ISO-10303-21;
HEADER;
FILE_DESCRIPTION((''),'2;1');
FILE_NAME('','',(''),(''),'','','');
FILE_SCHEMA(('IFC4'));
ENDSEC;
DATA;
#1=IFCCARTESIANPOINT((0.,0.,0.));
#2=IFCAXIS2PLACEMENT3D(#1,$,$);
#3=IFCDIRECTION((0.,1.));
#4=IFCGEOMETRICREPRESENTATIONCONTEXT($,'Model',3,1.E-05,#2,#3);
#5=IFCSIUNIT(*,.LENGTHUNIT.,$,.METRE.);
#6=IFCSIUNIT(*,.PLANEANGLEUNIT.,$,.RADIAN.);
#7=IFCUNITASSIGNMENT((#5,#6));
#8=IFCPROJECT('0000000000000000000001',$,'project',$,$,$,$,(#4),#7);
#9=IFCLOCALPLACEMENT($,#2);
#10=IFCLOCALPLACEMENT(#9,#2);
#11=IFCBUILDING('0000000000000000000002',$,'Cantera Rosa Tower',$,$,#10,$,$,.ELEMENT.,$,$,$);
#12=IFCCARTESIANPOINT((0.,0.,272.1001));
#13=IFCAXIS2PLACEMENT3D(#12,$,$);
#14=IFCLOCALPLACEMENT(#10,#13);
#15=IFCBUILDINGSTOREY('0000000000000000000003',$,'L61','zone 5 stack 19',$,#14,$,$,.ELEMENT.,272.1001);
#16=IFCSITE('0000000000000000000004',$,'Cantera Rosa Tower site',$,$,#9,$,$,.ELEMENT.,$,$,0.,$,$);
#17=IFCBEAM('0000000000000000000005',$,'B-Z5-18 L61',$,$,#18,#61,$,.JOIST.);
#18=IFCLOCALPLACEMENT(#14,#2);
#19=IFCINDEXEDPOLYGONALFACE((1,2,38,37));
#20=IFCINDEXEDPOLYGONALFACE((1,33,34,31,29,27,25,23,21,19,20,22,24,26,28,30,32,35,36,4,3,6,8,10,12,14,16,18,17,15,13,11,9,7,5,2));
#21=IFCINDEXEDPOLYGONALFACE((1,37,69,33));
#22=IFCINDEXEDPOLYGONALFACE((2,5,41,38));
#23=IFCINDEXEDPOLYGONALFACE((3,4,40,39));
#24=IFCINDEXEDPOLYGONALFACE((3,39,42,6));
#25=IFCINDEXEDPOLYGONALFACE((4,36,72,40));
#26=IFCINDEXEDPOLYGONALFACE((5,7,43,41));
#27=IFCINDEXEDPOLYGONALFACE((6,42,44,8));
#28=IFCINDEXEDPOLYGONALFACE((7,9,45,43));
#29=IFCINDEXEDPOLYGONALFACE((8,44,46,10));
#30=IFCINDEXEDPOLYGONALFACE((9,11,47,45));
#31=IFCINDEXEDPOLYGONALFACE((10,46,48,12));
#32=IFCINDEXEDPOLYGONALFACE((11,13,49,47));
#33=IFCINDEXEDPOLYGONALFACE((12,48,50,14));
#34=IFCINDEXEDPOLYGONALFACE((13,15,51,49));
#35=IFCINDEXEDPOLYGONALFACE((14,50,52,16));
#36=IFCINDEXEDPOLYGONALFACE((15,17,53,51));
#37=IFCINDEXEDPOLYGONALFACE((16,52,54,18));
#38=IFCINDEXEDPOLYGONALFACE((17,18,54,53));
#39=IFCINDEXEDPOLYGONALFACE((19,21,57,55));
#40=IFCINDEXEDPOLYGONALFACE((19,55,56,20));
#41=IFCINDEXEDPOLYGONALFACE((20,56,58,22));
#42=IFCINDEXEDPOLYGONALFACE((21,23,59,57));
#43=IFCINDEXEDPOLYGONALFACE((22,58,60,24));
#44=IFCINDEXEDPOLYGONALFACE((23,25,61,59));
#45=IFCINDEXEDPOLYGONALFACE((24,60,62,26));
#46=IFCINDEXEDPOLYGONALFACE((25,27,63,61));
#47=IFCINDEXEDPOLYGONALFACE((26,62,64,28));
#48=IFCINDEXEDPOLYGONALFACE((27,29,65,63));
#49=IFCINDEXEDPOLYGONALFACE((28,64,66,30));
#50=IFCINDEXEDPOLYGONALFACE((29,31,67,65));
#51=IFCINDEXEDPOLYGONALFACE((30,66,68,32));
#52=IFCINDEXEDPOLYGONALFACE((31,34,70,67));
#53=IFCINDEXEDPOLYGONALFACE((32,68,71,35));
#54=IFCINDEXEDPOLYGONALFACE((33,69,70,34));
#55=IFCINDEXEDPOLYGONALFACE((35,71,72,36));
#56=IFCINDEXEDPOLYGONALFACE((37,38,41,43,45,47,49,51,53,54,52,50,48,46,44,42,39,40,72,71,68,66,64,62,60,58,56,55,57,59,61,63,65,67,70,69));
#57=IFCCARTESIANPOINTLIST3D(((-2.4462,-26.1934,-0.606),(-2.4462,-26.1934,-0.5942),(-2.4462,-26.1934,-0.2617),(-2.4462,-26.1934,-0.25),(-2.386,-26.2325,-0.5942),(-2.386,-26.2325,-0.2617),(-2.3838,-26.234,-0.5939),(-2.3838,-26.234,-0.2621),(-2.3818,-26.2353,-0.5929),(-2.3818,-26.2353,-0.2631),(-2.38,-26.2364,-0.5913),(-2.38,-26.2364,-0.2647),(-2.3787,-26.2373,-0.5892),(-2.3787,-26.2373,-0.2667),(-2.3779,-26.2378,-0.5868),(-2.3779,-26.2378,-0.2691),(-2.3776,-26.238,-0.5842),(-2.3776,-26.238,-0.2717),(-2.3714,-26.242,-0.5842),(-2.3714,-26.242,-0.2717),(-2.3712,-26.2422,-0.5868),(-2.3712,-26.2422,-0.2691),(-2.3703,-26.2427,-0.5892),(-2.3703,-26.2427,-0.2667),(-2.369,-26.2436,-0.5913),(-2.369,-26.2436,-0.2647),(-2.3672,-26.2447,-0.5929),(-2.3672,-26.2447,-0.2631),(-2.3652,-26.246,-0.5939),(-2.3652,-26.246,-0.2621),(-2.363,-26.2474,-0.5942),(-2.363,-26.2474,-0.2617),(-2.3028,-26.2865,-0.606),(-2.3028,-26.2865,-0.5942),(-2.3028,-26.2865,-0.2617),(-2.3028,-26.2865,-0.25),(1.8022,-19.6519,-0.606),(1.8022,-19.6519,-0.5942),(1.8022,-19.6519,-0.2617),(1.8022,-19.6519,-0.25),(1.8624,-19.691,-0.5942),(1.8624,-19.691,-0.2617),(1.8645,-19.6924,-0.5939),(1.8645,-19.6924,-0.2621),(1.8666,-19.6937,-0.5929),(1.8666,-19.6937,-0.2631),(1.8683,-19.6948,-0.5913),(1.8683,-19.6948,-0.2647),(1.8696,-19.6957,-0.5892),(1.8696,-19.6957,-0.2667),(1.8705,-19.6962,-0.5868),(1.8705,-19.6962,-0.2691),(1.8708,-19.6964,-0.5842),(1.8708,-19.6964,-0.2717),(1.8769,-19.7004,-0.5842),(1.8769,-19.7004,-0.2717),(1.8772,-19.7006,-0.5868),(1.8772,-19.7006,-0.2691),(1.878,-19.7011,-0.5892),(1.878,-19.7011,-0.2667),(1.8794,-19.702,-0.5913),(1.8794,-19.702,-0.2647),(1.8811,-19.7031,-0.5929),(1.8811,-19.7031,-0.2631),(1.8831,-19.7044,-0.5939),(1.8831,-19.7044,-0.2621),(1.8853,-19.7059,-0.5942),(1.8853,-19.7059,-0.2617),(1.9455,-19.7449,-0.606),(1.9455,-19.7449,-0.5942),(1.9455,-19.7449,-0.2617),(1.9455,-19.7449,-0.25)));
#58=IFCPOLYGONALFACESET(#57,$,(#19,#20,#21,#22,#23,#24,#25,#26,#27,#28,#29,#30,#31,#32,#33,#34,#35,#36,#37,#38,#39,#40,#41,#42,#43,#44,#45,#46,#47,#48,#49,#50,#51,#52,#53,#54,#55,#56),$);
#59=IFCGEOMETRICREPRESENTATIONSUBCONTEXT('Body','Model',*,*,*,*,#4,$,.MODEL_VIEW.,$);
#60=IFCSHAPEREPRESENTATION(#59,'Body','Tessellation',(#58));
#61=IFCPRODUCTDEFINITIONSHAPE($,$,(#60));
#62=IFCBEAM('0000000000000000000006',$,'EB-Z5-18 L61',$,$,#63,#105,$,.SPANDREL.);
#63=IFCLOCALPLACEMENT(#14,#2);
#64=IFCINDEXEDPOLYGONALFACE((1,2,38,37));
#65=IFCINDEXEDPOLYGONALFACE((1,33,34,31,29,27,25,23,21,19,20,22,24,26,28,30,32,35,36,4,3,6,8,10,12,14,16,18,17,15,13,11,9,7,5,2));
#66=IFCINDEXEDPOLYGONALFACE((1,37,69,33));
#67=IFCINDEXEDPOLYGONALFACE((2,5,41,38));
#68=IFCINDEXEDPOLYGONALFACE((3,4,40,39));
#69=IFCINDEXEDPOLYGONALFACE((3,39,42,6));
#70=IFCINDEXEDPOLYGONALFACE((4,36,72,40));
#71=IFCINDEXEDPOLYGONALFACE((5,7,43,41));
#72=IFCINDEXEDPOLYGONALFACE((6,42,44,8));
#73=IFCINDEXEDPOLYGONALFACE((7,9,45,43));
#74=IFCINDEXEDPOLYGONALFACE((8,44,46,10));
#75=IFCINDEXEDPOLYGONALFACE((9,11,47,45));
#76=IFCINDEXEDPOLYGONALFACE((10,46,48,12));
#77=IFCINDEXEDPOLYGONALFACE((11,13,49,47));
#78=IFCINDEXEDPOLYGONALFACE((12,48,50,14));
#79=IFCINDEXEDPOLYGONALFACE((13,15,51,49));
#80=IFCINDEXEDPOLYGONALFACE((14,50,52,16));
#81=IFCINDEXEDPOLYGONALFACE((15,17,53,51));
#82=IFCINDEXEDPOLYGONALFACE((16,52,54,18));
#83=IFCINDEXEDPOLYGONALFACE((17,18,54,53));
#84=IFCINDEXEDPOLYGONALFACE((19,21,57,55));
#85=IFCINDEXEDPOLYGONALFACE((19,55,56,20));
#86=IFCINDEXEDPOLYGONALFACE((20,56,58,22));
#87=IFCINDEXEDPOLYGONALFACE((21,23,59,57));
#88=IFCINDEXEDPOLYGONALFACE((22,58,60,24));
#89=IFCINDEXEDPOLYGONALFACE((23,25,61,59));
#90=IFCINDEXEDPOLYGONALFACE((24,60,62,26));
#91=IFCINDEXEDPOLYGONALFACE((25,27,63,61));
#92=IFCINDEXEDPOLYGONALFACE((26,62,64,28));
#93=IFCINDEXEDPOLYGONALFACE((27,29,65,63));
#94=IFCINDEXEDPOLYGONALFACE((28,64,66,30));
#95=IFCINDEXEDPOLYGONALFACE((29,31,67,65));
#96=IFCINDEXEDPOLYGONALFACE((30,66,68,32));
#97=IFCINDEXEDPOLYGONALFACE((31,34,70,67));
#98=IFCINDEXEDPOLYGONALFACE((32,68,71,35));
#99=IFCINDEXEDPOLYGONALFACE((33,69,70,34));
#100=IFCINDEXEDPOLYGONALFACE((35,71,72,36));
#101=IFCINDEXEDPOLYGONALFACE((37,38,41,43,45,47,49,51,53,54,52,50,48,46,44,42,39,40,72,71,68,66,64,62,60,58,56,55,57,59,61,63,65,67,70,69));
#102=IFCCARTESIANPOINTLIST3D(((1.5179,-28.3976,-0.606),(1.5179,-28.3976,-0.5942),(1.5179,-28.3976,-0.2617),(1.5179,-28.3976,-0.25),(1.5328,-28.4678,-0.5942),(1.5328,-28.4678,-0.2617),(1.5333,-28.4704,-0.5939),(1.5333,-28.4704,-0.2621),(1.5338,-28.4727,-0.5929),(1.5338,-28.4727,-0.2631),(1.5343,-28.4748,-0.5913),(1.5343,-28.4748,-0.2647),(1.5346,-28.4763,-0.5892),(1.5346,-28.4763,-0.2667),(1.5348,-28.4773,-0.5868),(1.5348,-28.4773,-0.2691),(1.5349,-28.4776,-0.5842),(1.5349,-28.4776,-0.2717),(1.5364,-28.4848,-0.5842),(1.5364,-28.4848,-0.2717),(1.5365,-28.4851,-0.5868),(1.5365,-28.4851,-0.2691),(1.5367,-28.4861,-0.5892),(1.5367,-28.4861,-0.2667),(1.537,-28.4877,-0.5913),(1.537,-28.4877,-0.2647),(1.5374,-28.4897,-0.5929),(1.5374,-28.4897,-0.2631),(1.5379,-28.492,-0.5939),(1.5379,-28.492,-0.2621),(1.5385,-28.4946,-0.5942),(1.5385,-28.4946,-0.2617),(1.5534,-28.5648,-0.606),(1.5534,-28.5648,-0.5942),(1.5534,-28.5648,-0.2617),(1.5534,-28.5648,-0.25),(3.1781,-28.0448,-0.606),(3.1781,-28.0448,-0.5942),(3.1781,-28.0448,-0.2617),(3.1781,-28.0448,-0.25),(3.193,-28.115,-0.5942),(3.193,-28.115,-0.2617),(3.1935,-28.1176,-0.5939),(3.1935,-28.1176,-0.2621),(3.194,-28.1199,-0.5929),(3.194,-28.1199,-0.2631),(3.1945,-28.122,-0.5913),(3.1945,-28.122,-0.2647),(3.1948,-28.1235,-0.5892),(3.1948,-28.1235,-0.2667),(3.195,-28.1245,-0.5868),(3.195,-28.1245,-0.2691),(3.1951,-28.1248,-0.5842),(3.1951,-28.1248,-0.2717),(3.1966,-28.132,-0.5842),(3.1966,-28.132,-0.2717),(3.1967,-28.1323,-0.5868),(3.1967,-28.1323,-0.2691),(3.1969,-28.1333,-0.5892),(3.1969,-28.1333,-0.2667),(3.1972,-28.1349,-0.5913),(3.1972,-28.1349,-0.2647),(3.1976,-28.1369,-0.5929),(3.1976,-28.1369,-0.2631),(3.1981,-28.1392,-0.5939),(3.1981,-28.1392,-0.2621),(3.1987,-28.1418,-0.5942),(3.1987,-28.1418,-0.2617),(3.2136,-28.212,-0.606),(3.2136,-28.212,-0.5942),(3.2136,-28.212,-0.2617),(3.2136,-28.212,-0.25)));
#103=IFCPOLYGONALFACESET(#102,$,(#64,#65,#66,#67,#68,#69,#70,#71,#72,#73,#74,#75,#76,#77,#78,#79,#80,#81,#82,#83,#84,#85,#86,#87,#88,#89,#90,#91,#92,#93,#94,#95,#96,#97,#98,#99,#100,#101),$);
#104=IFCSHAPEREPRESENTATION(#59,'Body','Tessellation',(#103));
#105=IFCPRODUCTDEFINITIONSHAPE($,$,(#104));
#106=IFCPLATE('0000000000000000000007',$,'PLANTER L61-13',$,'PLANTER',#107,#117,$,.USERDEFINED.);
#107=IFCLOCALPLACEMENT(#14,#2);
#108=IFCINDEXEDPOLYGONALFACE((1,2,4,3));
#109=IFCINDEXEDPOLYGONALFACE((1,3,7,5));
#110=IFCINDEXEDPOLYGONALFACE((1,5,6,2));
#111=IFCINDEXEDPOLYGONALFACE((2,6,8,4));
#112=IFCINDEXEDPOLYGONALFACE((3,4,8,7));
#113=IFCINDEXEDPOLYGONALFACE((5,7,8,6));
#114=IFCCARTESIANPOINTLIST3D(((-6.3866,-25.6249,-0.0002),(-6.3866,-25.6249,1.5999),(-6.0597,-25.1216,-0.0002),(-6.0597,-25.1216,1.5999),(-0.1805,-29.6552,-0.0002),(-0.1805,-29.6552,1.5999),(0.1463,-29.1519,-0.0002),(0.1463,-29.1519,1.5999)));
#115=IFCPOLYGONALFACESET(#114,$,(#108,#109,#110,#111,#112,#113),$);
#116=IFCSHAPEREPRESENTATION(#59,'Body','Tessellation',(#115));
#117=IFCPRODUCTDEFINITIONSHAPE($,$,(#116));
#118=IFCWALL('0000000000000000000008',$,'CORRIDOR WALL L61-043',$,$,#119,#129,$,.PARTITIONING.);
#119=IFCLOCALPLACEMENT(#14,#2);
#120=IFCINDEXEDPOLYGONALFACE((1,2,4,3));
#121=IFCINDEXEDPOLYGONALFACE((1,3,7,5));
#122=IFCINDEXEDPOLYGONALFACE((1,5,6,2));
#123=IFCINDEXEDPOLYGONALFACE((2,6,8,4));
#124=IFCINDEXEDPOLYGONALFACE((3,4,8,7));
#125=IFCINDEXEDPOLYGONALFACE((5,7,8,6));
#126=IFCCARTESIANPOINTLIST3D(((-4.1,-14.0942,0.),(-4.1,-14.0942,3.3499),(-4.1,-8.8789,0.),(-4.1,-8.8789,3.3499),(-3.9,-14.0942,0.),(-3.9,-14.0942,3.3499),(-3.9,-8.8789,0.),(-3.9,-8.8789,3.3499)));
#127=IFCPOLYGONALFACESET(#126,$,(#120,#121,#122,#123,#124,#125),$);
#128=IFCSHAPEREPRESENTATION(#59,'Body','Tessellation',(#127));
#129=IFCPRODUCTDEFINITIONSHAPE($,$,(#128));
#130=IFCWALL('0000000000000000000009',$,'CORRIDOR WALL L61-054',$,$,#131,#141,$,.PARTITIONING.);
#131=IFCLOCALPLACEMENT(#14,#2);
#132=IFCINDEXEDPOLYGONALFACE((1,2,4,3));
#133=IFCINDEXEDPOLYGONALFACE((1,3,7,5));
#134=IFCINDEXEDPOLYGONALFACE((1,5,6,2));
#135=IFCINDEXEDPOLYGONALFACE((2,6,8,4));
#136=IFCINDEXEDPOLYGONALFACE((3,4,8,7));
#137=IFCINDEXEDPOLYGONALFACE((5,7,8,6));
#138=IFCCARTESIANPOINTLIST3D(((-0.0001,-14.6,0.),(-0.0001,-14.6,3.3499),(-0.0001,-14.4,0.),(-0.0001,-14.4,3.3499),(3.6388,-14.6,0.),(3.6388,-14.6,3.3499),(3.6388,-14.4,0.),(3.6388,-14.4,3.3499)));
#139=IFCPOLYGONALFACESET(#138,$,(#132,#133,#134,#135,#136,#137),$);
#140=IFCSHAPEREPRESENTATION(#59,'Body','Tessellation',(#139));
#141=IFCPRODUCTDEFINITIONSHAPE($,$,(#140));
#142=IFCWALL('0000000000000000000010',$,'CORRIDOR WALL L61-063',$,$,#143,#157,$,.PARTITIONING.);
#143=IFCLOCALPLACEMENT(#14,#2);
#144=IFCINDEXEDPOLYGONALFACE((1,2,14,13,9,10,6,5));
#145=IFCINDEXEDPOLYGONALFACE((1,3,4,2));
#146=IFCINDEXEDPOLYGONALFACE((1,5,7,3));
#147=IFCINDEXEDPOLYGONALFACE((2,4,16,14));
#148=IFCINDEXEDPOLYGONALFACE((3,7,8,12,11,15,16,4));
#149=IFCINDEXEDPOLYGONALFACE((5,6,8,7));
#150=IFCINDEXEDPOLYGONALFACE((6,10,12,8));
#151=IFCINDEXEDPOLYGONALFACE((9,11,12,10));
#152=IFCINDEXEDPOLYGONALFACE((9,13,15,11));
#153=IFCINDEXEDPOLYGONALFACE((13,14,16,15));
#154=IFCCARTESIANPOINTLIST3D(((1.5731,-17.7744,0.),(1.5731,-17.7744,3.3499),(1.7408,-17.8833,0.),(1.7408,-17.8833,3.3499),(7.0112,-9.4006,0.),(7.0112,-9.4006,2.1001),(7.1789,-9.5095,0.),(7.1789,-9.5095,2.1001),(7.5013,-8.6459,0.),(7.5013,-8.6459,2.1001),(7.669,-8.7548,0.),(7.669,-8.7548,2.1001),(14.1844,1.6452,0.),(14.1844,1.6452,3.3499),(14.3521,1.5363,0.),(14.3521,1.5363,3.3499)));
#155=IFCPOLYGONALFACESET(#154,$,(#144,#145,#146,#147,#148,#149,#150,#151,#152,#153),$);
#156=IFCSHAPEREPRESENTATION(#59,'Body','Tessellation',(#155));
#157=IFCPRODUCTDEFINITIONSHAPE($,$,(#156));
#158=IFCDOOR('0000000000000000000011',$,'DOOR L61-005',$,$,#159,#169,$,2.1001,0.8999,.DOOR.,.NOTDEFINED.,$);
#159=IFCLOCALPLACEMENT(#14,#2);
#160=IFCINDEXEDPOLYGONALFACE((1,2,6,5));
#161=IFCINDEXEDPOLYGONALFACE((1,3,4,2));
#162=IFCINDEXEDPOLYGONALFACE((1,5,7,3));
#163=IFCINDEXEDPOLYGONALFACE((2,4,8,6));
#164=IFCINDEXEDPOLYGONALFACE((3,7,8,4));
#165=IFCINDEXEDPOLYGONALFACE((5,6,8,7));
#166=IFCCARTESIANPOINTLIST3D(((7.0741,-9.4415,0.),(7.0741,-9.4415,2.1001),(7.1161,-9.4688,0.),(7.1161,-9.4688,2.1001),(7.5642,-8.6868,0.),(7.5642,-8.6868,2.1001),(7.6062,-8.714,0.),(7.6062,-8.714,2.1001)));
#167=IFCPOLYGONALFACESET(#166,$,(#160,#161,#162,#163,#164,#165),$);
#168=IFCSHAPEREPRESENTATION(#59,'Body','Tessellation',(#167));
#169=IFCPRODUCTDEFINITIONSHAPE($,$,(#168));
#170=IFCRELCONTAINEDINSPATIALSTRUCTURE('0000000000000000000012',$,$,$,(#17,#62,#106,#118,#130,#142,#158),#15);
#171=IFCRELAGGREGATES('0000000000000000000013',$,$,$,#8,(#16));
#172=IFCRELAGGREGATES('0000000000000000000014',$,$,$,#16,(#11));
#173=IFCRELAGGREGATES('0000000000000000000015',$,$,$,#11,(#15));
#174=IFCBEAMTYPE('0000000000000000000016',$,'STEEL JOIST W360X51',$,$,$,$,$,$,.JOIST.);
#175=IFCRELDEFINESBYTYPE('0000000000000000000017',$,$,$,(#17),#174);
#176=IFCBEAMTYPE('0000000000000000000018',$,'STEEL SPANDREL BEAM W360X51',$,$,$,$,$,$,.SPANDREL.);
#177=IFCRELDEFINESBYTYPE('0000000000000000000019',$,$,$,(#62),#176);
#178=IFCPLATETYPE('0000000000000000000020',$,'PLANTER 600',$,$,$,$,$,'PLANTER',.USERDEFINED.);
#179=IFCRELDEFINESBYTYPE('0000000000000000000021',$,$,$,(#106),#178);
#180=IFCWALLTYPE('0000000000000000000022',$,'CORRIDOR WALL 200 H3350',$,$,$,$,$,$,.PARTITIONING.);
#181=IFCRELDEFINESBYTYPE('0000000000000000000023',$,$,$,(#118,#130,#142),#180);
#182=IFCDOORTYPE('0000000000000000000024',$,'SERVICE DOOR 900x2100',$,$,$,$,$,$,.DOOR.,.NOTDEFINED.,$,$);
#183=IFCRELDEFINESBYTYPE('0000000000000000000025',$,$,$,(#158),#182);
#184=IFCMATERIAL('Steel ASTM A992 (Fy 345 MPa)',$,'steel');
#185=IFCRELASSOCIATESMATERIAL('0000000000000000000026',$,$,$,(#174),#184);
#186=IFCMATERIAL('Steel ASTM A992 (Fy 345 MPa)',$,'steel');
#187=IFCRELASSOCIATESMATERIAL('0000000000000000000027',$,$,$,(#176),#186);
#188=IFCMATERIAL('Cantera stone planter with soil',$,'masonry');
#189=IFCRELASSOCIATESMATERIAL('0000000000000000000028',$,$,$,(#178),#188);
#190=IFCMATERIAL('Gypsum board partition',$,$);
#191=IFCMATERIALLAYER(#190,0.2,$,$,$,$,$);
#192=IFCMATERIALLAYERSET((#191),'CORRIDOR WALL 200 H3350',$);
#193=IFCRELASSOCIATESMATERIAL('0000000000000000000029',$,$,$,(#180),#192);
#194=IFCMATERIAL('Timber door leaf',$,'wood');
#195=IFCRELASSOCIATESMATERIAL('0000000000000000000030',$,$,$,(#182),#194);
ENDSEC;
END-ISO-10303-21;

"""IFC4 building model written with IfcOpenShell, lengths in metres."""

from ifc_helpers import new_model, si_unit, direction, frame, frame_2d, origin, origin_2d, place, context, subcontext, project, spatial, rectangle, i_section, extrude, material, layer, layer_set, material_profile, profile_set, type_object, element, fill, save


model = new_model("IFC4")

# Units and contexts
model_context = context("Model", 3, precision=1e-05, world=origin(), true_north=direction((0.0, 1.0)))
body_context = subcontext(model_context, "Body", "Model", "MODEL_VIEW")
ifc_project = project(units=[si_unit("LENGTHUNIT", "METRE"), si_unit("PLANEANGLEUNIT", "RADIAN")], contexts=[model_context])

# Site, building, storey
site_placement = place(None, origin())
site = spatial("IfcSite", under=ifc_project, at=site_placement, Name="Cantera Rosa Tower site", CompositionType="ELEMENT", RefElevation=0.0)
building_placement = place(site_placement, origin())
building = spatial("IfcBuilding", under=site, at=building_placement, Name="Cantera Rosa Tower", CompositionType="ELEMENT")
storey_placement = place(building_placement, frame((0.0, 0.0, 272.1001)))
storey = spatial("IfcBuildingStorey", under=building, at=storey_placement, Name="L61", Description="zone 5 stack 19", CompositionType="ELEMENT", Elevation=272.1001)

# Beams
ifc_material_1 = material(Name="Steel ASTM A992 (Fy 345 MPa)", Category="steel")
ifc_material_profile_1 = material_profile(ifc_material_1, i_section(OverallWidth=0.1709, OverallDepth=0.356, WebThickness=0.0073, FlangeThickness=0.0117, FilletRadius=0.01, at=origin_2d()), Name="W360X51")
ifc_profile_set_1 = profile_set([ifc_material_profile_1], Name="Steel ASTM A992 (Fy 345 MPa)")
beam_type_1 = type_object("IfcBeamType", Name="STEEL JOIST W360X51", PredefinedType="JOIST", material=ifc_profile_set_1)
beam_1_placement = place(storey_placement, frame((-2.3745, -26.24, -0.428), z_axis=(0.544656, 0.83866, 0.0), x_axis=(-0.83866, 0.544656, 0.0)))
element("IfcBeam", 1, at=beam_1_placement, inside=storey, type_object=beam_type_1, Name="B-Z5-18 L61", PredefinedType="JOIST", context=body_context, shape_type="SweptSolid", body=[
    extrude(i_section(OverallWidth=0.1709, OverallDepth=0.356, WebThickness=0.0073, FlangeThickness=0.0117, FilletRadius=0.01, at=origin_2d()), origin(), (0.0, 0.0, 1.0), 7.8),
])
ifc_material_2 = material(Name="Steel ASTM A992 (Fy 345 MPa)", Category="steel")
ifc_material_profile_2 = material_profile(ifc_material_2, i_section(OverallWidth=0.1709, OverallDepth=0.356, WebThickness=0.0073, FlangeThickness=0.0117, FilletRadius=0.01, at=origin_2d()), Name="W360X51")
ifc_profile_set_2 = profile_set([ifc_material_profile_2], Name="Steel ASTM A992 (Fy 345 MPa)")
beam_type_2 = type_object("IfcBeamType", Name="STEEL SPANDREL BEAM W360X51", PredefinedType="SPANDREL", material=ifc_profile_set_2)
beam_2_placement = place(storey_placement, frame((1.5356, -28.4812, -0.428), z_axis=(0.978159, 0.207859, 0.0), x_axis=(-0.207859, 0.978159, 0.0)))
element("IfcBeam", 2, at=beam_2_placement, inside=storey, type_object=beam_type_2, Name="EB-Z5-18 L61", PredefinedType="SPANDREL", context=body_context, shape_type="SweptSolid", body=[
    extrude(i_section(OverallWidth=0.1709, OverallDepth=0.356, WebThickness=0.0073, FlangeThickness=0.0117, FilletRadius=0.01, at=origin_2d()), origin(), (0.0, 0.0, 1.0), 1.6973),
])

# Plate
ifc_material_3 = material(Name="Cantera stone planter with soil", Category="masonry")
plate_type = type_object("IfcPlateType", Name="PLANTER 600", ElementType="PLANTER", PredefinedType="USERDEFINED", material=ifc_material_3)
plate_placement = place(storey_placement, frame((-3.1201, -27.3884, -0.0002), z_axis=(0.0, 0.0, 1.0), x_axis=(0.838671, -0.544639, 0.0)))
element("IfcPlate", 3, at=plate_placement, inside=storey, type_object=plate_type, Name="PLANTER L61-13", ObjectType="PLANTER", PredefinedType="USERDEFINED", context=body_context, shape_type="SweptSolid", body=[
    extrude(rectangle(XDim=7.3999, YDim=0.6001, at=origin_2d()), origin(), (0.0, 0.0, 1.0), 1.6001),
])

# Walls
ifc_material_4 = material(Name="Gypsum board partition")
ifc_layer_1 = layer(ifc_material_4, 0.2)
ifc_layer_set_1 = layer_set([ifc_layer_1], Name="CORRIDOR WALL 200 H3350")
wall_type_1 = type_object("IfcWallType", Name="CORRIDOR WALL 200 H3350", PredefinedType="PARTITIONING", material=ifc_layer_set_1)
wall_1_placement = place(storey_placement, frame((-4.0, -14.0942, 0.0), z_axis=(0.0, 0.0, 1.0), x_axis=(0.0, 1.0, 0.0)))
element("IfcWall", 4, at=wall_1_placement, inside=storey, type_object=wall_type_1, Name="CORRIDOR WALL L61-043", PredefinedType="PARTITIONING", context=body_context, shape_type="SweptSolid", body=[
    extrude(rectangle(XDim=5.2153, YDim=0.2, at=frame_2d((2.6077, 0.0))), origin(), (0.0, 0.0, 1.0), 3.3499),
])
wall_2_placement = place(storey_placement, frame((0.0, -14.5, 0.0), z_axis=(0.0, 0.0, 1.0), x_axis=(1.0, 0.0, 0.0)))
element("IfcWall", 5, at=wall_2_placement, inside=storey, type_object=wall_type_1, Name="CORRIDOR WALL L61-054", PredefinedType="PARTITIONING", context=body_context, shape_type="SweptSolid", body=[
    extrude(rectangle(XDim=3.6389, YDim=0.2, at=frame_2d((1.8193, 0.0))), origin(), (0.0, 0.0, 1.0), 3.3499),
])

# Wall, opening, door
wall_3_placement = place(storey_placement, frame((1.657, -17.8289, 0.0), z_axis=(0.0, 0.0, 1.0), x_axis=(0.54464, 0.83867, 0.0)))
wall_3 = element("IfcWall", 6, at=wall_3_placement, inside=storey, type_object=wall_type_1, Name="CORRIDOR WALL L61-063", PredefinedType="PARTITIONING", context=body_context, shape_type="SweptSolid", body=[
    extrude(rectangle(XDim=23.1553, YDim=0.2, at=frame_2d((11.5776, 0.0))), origin(), (0.0, 0.0, 1.0), 3.3499),
])
opening_1_placement = place(wall_3_placement, frame((9.9846, 0.0, 0.0)))
opening_1 = element("IfcOpeningElement", 7, at=opening_1_placement, cuts=wall_3, PredefinedType="OPENING", context=body_context, shape_type="SweptSolid", body=[
    extrude(rectangle(XDim=0.8999, YDim=2.1001, at=frame_2d((0.45, 1.05))), frame((0.0, 0.1099, 0.0), z_axis=(0.0, -1.0, 0.0), x_axis=(1.0, 0.0, 0.0)), (0.0, 0.0, 1.0), 0.22),
])
ifc_material_5 = material(Name="Timber door leaf", Category="wood")
door_type_1 = type_object("IfcDoorType", Name="SERVICE DOOR 900x2100", OperationType="NOTDEFINED", PredefinedType="DOOR", material=ifc_material_5)
door_1_placement = place(opening_1_placement, origin())
door_1 = element("IfcDoor", 8, at=door_1_placement, inside=storey, type_object=door_type_1, Name="DOOR L61-005", OperationType="NOTDEFINED", OverallHeight=2.1001, OverallWidth=0.8999, PredefinedType="DOOR", context=body_context, shape_type="SweptSolid", body=[
    extrude(rectangle(XDim=0.8999, YDim=2.1001, at=frame_2d((0.45, 1.05))), frame((0.0, 0.0249, 0.0), z_axis=(0.0, -1.0, 0.0), x_axis=(1.0, 0.0, 0.0)), (0.0, 0.0, 1.0), 0.05),
])
fill(opening_1, door_1)

save(model, "model.ifc")
